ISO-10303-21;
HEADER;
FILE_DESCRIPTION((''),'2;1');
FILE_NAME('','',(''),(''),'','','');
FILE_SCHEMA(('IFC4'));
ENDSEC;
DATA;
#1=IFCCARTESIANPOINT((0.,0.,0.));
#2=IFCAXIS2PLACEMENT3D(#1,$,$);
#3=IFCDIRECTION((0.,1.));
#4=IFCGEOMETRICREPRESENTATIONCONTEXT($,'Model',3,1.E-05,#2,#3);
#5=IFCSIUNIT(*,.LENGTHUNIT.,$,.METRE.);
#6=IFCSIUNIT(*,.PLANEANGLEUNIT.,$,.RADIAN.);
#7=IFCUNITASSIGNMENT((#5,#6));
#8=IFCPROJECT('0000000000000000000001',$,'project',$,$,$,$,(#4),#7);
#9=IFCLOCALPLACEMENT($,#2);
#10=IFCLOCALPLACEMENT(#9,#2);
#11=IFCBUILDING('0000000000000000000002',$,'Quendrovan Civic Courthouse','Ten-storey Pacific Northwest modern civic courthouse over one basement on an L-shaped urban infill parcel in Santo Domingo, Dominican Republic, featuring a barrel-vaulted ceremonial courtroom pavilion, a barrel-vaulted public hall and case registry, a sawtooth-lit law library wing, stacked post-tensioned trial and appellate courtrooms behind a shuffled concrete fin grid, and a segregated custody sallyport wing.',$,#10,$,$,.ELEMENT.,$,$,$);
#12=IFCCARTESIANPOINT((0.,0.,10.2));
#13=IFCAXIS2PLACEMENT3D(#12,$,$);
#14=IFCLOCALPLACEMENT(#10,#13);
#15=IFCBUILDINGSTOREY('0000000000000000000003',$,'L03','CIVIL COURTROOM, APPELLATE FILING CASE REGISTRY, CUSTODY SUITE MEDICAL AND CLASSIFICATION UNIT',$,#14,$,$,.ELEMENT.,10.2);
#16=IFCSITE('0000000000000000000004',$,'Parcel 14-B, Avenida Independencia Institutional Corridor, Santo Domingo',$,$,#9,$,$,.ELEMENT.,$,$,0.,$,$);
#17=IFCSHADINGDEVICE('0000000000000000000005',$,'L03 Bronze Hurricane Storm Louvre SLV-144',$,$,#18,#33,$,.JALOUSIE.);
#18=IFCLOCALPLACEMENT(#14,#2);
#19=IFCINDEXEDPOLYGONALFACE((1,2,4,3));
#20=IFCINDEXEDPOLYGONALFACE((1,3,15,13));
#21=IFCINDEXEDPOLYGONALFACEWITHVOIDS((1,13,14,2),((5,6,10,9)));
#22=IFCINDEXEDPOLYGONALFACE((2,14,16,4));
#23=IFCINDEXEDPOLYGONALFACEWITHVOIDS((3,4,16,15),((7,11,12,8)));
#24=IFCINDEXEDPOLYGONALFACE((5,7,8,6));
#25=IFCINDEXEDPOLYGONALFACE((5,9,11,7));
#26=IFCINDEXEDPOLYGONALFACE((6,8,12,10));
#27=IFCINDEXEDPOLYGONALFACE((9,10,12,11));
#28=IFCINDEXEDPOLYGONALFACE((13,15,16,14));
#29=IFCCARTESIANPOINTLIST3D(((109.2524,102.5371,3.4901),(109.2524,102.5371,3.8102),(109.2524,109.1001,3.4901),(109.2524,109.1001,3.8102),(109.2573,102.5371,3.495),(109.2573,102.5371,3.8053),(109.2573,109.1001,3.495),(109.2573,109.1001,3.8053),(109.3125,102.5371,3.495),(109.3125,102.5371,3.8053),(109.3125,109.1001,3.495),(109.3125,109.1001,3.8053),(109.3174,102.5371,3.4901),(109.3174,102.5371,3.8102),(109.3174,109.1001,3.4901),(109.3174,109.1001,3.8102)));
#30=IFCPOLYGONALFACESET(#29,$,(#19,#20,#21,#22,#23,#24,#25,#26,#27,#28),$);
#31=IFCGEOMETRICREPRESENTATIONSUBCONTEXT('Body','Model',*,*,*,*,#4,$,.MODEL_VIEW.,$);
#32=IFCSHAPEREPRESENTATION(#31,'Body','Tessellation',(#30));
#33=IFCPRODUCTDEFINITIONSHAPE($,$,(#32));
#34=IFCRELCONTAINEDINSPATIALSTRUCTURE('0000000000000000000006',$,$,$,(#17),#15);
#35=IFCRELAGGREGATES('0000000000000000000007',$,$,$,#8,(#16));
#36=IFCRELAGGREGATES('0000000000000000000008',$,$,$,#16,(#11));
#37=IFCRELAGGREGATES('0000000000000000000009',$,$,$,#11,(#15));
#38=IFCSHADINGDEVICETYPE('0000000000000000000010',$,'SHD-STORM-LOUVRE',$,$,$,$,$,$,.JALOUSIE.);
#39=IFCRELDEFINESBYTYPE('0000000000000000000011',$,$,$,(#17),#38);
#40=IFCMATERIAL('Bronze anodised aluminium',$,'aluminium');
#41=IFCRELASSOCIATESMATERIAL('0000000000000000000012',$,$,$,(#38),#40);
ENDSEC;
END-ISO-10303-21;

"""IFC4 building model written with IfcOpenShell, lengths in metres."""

from ifc_helpers import new_model, si_unit, direction, frame, origin, origin_2d, place, context, subcontext, project, spatial, hollow_rectangle, extrude, material, material_profile, profile_set, type_object, element, save


model = new_model("IFC4")

# Units and contexts
model_context = context("Model", 3, precision=1e-05, world=origin(), true_north=direction((0.0, 1.0)))
body_context = subcontext(model_context, "Body", "Model", "MODEL_VIEW")
ifc_project = project(units=[si_unit("LENGTHUNIT", "METRE"), si_unit("PLANEANGLEUNIT", "RADIAN")], contexts=[model_context])

# Site, building, storey
site_placement = place(None, origin())
site = spatial("IfcSite", under=ifc_project, at=site_placement, Name="Parcel 14-B, Avenida Independencia Institutional Corridor, Santo Domingo", CompositionType="ELEMENT", RefElevation=0.0)
building_placement = place(site_placement, origin())
building = spatial("IfcBuilding", under=site, at=building_placement, Name="Quendrovan Civic Courthouse", Description="Ten-storey Pacific Northwest modern civic courthouse over one basement on an L-shaped urban infill parcel in Santo Domingo, Dominican Republic, featuring a barrel-vaulted ceremonial courtroom pavilion, a barrel-vaulted public hall and case registry, a sawtooth-lit law library wing, stacked post-tensioned trial and appellate courtrooms behind a shuffled concrete fin grid, and a segregated custody sallyport wing.", CompositionType="ELEMENT")
storey_placement = place(building_placement, frame((0.0, 0.0, 10.2)))
storey = spatial("IfcBuildingStorey", under=building, at=storey_placement, Name="L03", Description="CIVIL COURTROOM, APPELLATE FILING CASE REGISTRY, CUSTODY SUITE MEDICAL AND CLASSIFICATION UNIT", CompositionType="ELEMENT", Elevation=10.2)

# Shared definitions
ifc_material_1 = material(Name="Bronze anodised aluminium", Category="aluminium")

# Shading device
ifc_material_profile_1 = material_profile(ifc_material_1, hollow_rectangle(XDim=0.0649, YDim=0.3201, WallThickness=0.0049, at=origin_2d()), Name="AL-LOUVRE-65x320")
ifc_profile_set_1 = profile_set([ifc_material_profile_1], Name="Bronze anodised aluminium")
shading_device_type = type_object("IfcShadingDeviceType", Name="SHD-STORM-LOUVRE", PredefinedType="JALOUSIE", material=ifc_profile_set_1)
for number, where, z_axis, x_axis, name in (
    (1, (109.2849, 102.5371, 3.6501), (0.0, 1.0, 0.0), (-1.0, 0.0, 0.0), "L03 Bronze Hurricane Storm Louvre SLV-144"),
):
    element("IfcShadingDevice", number, at=place(storey_placement, frame(where, z_axis=z_axis, x_axis=x_axis)), inside=storey, type_object=shading_device_type, Name=name, PredefinedType="JALOUSIE", context=body_context, shape_type="SweptSolid", body=[
        extrude(hollow_rectangle(XDim=0.0649, YDim=0.3201, WallThickness=0.0049, at=origin_2d()), origin(), (0.0, 0.0, 1.0), 6.563),
    ])

save(model, "model.ifc")
